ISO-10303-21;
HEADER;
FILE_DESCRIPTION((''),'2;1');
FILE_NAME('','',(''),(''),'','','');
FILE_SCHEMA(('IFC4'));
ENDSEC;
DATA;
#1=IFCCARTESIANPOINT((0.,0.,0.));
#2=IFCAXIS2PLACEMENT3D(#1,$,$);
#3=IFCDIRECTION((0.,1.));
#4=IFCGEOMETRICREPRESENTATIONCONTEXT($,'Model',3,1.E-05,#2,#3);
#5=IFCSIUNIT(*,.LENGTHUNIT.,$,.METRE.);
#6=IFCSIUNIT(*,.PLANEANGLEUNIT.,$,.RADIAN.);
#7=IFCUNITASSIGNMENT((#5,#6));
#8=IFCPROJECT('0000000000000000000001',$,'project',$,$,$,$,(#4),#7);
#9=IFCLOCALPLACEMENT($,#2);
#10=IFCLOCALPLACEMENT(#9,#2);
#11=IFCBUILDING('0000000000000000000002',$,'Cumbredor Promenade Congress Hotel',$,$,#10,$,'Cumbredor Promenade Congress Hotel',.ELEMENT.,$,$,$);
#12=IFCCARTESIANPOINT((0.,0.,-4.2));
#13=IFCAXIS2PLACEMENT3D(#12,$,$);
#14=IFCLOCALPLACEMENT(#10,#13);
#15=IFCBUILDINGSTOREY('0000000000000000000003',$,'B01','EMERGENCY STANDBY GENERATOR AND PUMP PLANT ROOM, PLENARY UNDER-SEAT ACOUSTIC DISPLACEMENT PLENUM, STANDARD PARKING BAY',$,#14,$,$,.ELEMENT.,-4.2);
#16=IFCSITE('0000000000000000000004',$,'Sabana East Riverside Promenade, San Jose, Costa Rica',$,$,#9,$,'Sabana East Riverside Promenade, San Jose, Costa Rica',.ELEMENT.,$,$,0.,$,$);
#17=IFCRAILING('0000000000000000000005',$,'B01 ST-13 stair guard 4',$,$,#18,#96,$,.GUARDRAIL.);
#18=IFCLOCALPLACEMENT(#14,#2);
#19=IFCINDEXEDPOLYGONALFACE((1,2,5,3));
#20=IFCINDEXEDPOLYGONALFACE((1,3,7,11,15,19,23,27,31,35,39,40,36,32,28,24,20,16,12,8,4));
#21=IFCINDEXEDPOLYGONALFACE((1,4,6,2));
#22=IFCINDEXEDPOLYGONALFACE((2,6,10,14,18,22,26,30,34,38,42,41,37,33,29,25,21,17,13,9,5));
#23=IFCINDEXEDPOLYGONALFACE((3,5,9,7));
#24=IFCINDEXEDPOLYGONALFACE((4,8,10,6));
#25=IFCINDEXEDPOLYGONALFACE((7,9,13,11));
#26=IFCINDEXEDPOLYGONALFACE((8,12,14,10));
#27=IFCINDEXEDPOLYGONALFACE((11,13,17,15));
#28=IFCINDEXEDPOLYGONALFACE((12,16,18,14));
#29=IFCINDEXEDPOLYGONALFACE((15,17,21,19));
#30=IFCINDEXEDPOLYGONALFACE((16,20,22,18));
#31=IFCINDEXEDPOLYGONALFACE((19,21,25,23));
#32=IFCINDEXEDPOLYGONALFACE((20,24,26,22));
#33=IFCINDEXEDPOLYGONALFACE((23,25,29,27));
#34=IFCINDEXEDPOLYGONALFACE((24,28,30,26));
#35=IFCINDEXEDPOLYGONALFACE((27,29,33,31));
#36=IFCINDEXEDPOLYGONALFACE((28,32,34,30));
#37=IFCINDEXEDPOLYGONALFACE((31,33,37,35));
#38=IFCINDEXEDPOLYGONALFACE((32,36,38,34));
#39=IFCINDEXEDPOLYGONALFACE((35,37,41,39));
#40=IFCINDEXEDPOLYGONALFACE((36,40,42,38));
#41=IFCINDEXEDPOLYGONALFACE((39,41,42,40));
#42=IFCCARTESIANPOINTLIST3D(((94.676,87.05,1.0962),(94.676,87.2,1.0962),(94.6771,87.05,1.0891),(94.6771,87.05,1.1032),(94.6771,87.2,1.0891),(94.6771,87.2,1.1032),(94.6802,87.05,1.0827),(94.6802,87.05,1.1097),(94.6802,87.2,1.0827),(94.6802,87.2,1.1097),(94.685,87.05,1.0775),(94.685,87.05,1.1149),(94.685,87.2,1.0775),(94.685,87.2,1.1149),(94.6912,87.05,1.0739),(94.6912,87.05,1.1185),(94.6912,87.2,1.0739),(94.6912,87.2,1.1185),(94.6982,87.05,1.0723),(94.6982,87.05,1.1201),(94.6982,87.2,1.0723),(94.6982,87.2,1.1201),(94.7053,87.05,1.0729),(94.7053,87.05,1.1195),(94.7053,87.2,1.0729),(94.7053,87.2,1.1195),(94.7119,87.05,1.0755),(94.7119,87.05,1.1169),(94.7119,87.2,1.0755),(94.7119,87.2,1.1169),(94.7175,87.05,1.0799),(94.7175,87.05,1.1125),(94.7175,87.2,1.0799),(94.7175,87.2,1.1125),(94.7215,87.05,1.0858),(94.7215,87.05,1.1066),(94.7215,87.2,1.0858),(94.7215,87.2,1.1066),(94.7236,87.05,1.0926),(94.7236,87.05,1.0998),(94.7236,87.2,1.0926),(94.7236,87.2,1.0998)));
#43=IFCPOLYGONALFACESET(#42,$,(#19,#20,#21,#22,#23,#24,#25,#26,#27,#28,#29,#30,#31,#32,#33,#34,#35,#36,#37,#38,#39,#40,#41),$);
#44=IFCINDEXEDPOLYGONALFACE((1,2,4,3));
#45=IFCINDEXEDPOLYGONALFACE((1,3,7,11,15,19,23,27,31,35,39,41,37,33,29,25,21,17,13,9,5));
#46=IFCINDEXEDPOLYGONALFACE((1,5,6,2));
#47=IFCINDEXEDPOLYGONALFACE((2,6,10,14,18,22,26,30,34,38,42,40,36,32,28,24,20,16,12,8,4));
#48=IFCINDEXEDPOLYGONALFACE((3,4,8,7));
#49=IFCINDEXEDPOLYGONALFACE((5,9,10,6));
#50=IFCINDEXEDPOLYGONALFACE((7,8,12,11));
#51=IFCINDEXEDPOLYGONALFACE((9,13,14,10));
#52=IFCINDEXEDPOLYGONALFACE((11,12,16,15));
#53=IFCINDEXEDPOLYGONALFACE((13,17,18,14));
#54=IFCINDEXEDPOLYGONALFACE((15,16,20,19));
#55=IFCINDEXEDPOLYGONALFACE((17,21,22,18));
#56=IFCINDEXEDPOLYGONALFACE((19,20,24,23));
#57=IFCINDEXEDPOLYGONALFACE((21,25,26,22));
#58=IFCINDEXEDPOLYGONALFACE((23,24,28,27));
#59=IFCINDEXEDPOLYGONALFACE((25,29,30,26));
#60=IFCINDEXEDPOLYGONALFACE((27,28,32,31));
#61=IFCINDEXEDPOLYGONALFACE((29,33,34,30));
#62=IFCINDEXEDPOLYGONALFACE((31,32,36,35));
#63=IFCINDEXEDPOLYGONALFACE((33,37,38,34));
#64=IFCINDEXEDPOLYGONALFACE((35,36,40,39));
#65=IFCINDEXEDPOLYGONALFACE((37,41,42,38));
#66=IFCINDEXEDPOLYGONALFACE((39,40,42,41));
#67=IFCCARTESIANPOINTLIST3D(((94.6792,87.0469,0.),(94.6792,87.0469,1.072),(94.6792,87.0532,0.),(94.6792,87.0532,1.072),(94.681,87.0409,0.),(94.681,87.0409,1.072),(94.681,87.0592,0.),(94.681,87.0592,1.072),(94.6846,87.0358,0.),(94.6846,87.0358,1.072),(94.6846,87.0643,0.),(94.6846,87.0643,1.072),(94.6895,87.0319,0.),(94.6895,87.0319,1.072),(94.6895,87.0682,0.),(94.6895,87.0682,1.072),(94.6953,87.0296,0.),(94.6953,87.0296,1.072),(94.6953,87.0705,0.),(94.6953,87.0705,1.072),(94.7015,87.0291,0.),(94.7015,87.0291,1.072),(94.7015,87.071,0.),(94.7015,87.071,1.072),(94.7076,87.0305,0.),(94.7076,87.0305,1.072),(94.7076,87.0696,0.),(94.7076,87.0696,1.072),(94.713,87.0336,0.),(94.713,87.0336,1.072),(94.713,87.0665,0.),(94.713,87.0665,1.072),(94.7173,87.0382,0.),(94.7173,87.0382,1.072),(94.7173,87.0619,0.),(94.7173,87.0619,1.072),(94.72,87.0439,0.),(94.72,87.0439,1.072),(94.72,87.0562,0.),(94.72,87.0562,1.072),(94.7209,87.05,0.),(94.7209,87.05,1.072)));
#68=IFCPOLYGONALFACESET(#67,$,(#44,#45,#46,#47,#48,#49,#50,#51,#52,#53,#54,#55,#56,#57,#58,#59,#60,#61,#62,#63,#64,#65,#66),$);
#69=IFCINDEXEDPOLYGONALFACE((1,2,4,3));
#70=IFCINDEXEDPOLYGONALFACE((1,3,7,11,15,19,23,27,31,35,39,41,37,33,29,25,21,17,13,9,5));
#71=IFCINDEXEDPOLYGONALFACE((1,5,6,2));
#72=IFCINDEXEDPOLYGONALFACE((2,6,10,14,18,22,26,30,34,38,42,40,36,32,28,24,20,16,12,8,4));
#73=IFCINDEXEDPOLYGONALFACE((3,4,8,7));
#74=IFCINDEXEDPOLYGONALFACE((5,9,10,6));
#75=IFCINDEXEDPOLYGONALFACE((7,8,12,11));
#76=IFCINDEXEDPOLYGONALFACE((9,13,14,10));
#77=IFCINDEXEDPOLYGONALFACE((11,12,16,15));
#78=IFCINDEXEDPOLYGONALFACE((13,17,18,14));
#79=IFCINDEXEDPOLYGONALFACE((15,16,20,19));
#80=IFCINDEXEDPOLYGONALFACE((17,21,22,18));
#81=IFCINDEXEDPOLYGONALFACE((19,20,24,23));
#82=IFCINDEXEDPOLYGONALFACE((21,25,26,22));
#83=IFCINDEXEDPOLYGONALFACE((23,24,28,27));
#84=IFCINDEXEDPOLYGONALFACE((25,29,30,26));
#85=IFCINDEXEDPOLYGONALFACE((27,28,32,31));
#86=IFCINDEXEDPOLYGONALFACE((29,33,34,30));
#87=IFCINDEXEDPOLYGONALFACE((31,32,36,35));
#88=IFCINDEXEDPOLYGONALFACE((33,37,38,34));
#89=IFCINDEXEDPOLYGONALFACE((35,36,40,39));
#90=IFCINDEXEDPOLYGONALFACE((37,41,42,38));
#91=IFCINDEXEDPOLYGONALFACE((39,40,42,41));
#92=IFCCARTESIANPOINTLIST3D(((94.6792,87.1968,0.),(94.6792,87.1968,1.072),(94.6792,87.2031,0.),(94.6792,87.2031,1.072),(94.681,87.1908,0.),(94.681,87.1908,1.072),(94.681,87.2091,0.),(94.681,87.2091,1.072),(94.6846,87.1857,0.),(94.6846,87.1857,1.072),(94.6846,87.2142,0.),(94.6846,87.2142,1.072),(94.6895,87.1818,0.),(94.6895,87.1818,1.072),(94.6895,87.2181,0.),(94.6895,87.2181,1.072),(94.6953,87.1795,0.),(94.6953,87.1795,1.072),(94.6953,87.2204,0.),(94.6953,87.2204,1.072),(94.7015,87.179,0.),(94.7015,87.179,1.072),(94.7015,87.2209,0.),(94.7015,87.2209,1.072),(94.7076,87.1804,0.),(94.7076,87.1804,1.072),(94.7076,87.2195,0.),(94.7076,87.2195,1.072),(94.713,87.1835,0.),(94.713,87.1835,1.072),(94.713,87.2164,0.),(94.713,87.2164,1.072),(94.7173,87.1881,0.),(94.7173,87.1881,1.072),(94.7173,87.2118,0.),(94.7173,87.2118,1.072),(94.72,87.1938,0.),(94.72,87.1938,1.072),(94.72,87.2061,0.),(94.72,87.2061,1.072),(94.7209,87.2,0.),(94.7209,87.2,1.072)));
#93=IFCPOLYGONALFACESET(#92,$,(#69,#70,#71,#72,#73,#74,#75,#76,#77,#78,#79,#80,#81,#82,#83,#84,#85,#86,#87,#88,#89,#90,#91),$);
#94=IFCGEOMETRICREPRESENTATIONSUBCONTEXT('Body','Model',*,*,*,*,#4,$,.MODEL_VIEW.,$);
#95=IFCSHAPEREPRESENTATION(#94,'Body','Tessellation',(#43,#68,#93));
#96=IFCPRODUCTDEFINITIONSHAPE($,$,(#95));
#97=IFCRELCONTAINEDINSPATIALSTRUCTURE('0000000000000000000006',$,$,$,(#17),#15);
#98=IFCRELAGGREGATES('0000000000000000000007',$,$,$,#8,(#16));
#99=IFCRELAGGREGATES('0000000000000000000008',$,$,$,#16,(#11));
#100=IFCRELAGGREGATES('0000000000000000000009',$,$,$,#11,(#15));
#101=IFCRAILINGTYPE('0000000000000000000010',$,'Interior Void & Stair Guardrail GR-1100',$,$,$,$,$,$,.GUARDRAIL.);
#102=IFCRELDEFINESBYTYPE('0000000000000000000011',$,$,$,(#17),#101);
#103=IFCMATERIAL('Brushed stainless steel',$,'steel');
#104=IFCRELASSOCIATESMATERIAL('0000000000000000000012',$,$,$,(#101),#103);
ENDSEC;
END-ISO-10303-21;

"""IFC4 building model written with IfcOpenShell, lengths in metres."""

from ifc_helpers import new_model, si_unit, direction, frame, origin, origin_2d, place, context, subcontext, project, spatial, circle, extrude, material, type_object, element, save


model = new_model("IFC4")

# Units and contexts
model_context = context("Model", 3, precision=1e-05, world=origin(), true_north=direction((0.0, 1.0)))
body_context = subcontext(model_context, "Body", "Model", "MODEL_VIEW")
ifc_project = project(units=[si_unit("LENGTHUNIT", "METRE"), si_unit("PLANEANGLEUNIT", "RADIAN")], contexts=[model_context])

# Site, building, storey
site_placement = place(None, origin())
site = spatial("IfcSite", under=ifc_project, at=site_placement, Name="Sabana East Riverside Promenade, San Jose, Costa Rica", LongName="Sabana East Riverside Promenade, San Jose, Costa Rica", CompositionType="ELEMENT", RefElevation=0.0)
building_placement = place(site_placement, origin())
building = spatial("IfcBuilding", under=site, at=building_placement, Name="Cumbredor Promenade Congress Hotel", LongName="Cumbredor Promenade Congress Hotel", CompositionType="ELEMENT")
storey_placement = place(building_placement, frame((0.0, 0.0, -4.2)))
storey = spatial("IfcBuildingStorey", under=building, at=storey_placement, Name="B01", Description="EMERGENCY STANDBY GENERATOR AND PUMP PLANT ROOM, PLENARY UNDER-SEAT ACOUSTIC DISPLACEMENT PLENUM, STANDARD PARKING BAY", CompositionType="ELEMENT", Elevation=-4.2)

# Shared definitions
ifc_material_1 = material(Name="Brushed stainless steel", Category="steel")

# Railing
railing_type_1 = type_object("IfcRailingType", Name="Interior Void & Stair Guardrail GR-1100", PredefinedType="GUARDRAIL", material=ifc_material_1)
railing_1_placement = place(storey_placement, frame((94.7, 87.05, 0.0)))
element("IfcRailing", 1, at=railing_1_placement, inside=storey, type_object=railing_type_1, Name="B01 ST-13 stair guard 4", PredefinedType="GUARDRAIL", context=body_context, shape_type="SweptSolid", body=[
    extrude(circle(Radius=0.0239, at=origin_2d()), frame((0.0, 0.0, 1.0962), z_axis=(0.0, 1.0, 0.0), x_axis=(-1.0, 0.0, 0.0)), (0.0, 0.0, 1.0), 0.1499),
    extrude(circle(Radius=0.021, at=origin_2d()), origin(), (0.0, 0.0, 1.0), 1.072),
    extrude(circle(Radius=0.021, at=origin_2d()), frame((0.0, 0.1499, 0.0)), (0.0, 0.0, 1.0), 1.072),
])

save(model, "model.ifc")
